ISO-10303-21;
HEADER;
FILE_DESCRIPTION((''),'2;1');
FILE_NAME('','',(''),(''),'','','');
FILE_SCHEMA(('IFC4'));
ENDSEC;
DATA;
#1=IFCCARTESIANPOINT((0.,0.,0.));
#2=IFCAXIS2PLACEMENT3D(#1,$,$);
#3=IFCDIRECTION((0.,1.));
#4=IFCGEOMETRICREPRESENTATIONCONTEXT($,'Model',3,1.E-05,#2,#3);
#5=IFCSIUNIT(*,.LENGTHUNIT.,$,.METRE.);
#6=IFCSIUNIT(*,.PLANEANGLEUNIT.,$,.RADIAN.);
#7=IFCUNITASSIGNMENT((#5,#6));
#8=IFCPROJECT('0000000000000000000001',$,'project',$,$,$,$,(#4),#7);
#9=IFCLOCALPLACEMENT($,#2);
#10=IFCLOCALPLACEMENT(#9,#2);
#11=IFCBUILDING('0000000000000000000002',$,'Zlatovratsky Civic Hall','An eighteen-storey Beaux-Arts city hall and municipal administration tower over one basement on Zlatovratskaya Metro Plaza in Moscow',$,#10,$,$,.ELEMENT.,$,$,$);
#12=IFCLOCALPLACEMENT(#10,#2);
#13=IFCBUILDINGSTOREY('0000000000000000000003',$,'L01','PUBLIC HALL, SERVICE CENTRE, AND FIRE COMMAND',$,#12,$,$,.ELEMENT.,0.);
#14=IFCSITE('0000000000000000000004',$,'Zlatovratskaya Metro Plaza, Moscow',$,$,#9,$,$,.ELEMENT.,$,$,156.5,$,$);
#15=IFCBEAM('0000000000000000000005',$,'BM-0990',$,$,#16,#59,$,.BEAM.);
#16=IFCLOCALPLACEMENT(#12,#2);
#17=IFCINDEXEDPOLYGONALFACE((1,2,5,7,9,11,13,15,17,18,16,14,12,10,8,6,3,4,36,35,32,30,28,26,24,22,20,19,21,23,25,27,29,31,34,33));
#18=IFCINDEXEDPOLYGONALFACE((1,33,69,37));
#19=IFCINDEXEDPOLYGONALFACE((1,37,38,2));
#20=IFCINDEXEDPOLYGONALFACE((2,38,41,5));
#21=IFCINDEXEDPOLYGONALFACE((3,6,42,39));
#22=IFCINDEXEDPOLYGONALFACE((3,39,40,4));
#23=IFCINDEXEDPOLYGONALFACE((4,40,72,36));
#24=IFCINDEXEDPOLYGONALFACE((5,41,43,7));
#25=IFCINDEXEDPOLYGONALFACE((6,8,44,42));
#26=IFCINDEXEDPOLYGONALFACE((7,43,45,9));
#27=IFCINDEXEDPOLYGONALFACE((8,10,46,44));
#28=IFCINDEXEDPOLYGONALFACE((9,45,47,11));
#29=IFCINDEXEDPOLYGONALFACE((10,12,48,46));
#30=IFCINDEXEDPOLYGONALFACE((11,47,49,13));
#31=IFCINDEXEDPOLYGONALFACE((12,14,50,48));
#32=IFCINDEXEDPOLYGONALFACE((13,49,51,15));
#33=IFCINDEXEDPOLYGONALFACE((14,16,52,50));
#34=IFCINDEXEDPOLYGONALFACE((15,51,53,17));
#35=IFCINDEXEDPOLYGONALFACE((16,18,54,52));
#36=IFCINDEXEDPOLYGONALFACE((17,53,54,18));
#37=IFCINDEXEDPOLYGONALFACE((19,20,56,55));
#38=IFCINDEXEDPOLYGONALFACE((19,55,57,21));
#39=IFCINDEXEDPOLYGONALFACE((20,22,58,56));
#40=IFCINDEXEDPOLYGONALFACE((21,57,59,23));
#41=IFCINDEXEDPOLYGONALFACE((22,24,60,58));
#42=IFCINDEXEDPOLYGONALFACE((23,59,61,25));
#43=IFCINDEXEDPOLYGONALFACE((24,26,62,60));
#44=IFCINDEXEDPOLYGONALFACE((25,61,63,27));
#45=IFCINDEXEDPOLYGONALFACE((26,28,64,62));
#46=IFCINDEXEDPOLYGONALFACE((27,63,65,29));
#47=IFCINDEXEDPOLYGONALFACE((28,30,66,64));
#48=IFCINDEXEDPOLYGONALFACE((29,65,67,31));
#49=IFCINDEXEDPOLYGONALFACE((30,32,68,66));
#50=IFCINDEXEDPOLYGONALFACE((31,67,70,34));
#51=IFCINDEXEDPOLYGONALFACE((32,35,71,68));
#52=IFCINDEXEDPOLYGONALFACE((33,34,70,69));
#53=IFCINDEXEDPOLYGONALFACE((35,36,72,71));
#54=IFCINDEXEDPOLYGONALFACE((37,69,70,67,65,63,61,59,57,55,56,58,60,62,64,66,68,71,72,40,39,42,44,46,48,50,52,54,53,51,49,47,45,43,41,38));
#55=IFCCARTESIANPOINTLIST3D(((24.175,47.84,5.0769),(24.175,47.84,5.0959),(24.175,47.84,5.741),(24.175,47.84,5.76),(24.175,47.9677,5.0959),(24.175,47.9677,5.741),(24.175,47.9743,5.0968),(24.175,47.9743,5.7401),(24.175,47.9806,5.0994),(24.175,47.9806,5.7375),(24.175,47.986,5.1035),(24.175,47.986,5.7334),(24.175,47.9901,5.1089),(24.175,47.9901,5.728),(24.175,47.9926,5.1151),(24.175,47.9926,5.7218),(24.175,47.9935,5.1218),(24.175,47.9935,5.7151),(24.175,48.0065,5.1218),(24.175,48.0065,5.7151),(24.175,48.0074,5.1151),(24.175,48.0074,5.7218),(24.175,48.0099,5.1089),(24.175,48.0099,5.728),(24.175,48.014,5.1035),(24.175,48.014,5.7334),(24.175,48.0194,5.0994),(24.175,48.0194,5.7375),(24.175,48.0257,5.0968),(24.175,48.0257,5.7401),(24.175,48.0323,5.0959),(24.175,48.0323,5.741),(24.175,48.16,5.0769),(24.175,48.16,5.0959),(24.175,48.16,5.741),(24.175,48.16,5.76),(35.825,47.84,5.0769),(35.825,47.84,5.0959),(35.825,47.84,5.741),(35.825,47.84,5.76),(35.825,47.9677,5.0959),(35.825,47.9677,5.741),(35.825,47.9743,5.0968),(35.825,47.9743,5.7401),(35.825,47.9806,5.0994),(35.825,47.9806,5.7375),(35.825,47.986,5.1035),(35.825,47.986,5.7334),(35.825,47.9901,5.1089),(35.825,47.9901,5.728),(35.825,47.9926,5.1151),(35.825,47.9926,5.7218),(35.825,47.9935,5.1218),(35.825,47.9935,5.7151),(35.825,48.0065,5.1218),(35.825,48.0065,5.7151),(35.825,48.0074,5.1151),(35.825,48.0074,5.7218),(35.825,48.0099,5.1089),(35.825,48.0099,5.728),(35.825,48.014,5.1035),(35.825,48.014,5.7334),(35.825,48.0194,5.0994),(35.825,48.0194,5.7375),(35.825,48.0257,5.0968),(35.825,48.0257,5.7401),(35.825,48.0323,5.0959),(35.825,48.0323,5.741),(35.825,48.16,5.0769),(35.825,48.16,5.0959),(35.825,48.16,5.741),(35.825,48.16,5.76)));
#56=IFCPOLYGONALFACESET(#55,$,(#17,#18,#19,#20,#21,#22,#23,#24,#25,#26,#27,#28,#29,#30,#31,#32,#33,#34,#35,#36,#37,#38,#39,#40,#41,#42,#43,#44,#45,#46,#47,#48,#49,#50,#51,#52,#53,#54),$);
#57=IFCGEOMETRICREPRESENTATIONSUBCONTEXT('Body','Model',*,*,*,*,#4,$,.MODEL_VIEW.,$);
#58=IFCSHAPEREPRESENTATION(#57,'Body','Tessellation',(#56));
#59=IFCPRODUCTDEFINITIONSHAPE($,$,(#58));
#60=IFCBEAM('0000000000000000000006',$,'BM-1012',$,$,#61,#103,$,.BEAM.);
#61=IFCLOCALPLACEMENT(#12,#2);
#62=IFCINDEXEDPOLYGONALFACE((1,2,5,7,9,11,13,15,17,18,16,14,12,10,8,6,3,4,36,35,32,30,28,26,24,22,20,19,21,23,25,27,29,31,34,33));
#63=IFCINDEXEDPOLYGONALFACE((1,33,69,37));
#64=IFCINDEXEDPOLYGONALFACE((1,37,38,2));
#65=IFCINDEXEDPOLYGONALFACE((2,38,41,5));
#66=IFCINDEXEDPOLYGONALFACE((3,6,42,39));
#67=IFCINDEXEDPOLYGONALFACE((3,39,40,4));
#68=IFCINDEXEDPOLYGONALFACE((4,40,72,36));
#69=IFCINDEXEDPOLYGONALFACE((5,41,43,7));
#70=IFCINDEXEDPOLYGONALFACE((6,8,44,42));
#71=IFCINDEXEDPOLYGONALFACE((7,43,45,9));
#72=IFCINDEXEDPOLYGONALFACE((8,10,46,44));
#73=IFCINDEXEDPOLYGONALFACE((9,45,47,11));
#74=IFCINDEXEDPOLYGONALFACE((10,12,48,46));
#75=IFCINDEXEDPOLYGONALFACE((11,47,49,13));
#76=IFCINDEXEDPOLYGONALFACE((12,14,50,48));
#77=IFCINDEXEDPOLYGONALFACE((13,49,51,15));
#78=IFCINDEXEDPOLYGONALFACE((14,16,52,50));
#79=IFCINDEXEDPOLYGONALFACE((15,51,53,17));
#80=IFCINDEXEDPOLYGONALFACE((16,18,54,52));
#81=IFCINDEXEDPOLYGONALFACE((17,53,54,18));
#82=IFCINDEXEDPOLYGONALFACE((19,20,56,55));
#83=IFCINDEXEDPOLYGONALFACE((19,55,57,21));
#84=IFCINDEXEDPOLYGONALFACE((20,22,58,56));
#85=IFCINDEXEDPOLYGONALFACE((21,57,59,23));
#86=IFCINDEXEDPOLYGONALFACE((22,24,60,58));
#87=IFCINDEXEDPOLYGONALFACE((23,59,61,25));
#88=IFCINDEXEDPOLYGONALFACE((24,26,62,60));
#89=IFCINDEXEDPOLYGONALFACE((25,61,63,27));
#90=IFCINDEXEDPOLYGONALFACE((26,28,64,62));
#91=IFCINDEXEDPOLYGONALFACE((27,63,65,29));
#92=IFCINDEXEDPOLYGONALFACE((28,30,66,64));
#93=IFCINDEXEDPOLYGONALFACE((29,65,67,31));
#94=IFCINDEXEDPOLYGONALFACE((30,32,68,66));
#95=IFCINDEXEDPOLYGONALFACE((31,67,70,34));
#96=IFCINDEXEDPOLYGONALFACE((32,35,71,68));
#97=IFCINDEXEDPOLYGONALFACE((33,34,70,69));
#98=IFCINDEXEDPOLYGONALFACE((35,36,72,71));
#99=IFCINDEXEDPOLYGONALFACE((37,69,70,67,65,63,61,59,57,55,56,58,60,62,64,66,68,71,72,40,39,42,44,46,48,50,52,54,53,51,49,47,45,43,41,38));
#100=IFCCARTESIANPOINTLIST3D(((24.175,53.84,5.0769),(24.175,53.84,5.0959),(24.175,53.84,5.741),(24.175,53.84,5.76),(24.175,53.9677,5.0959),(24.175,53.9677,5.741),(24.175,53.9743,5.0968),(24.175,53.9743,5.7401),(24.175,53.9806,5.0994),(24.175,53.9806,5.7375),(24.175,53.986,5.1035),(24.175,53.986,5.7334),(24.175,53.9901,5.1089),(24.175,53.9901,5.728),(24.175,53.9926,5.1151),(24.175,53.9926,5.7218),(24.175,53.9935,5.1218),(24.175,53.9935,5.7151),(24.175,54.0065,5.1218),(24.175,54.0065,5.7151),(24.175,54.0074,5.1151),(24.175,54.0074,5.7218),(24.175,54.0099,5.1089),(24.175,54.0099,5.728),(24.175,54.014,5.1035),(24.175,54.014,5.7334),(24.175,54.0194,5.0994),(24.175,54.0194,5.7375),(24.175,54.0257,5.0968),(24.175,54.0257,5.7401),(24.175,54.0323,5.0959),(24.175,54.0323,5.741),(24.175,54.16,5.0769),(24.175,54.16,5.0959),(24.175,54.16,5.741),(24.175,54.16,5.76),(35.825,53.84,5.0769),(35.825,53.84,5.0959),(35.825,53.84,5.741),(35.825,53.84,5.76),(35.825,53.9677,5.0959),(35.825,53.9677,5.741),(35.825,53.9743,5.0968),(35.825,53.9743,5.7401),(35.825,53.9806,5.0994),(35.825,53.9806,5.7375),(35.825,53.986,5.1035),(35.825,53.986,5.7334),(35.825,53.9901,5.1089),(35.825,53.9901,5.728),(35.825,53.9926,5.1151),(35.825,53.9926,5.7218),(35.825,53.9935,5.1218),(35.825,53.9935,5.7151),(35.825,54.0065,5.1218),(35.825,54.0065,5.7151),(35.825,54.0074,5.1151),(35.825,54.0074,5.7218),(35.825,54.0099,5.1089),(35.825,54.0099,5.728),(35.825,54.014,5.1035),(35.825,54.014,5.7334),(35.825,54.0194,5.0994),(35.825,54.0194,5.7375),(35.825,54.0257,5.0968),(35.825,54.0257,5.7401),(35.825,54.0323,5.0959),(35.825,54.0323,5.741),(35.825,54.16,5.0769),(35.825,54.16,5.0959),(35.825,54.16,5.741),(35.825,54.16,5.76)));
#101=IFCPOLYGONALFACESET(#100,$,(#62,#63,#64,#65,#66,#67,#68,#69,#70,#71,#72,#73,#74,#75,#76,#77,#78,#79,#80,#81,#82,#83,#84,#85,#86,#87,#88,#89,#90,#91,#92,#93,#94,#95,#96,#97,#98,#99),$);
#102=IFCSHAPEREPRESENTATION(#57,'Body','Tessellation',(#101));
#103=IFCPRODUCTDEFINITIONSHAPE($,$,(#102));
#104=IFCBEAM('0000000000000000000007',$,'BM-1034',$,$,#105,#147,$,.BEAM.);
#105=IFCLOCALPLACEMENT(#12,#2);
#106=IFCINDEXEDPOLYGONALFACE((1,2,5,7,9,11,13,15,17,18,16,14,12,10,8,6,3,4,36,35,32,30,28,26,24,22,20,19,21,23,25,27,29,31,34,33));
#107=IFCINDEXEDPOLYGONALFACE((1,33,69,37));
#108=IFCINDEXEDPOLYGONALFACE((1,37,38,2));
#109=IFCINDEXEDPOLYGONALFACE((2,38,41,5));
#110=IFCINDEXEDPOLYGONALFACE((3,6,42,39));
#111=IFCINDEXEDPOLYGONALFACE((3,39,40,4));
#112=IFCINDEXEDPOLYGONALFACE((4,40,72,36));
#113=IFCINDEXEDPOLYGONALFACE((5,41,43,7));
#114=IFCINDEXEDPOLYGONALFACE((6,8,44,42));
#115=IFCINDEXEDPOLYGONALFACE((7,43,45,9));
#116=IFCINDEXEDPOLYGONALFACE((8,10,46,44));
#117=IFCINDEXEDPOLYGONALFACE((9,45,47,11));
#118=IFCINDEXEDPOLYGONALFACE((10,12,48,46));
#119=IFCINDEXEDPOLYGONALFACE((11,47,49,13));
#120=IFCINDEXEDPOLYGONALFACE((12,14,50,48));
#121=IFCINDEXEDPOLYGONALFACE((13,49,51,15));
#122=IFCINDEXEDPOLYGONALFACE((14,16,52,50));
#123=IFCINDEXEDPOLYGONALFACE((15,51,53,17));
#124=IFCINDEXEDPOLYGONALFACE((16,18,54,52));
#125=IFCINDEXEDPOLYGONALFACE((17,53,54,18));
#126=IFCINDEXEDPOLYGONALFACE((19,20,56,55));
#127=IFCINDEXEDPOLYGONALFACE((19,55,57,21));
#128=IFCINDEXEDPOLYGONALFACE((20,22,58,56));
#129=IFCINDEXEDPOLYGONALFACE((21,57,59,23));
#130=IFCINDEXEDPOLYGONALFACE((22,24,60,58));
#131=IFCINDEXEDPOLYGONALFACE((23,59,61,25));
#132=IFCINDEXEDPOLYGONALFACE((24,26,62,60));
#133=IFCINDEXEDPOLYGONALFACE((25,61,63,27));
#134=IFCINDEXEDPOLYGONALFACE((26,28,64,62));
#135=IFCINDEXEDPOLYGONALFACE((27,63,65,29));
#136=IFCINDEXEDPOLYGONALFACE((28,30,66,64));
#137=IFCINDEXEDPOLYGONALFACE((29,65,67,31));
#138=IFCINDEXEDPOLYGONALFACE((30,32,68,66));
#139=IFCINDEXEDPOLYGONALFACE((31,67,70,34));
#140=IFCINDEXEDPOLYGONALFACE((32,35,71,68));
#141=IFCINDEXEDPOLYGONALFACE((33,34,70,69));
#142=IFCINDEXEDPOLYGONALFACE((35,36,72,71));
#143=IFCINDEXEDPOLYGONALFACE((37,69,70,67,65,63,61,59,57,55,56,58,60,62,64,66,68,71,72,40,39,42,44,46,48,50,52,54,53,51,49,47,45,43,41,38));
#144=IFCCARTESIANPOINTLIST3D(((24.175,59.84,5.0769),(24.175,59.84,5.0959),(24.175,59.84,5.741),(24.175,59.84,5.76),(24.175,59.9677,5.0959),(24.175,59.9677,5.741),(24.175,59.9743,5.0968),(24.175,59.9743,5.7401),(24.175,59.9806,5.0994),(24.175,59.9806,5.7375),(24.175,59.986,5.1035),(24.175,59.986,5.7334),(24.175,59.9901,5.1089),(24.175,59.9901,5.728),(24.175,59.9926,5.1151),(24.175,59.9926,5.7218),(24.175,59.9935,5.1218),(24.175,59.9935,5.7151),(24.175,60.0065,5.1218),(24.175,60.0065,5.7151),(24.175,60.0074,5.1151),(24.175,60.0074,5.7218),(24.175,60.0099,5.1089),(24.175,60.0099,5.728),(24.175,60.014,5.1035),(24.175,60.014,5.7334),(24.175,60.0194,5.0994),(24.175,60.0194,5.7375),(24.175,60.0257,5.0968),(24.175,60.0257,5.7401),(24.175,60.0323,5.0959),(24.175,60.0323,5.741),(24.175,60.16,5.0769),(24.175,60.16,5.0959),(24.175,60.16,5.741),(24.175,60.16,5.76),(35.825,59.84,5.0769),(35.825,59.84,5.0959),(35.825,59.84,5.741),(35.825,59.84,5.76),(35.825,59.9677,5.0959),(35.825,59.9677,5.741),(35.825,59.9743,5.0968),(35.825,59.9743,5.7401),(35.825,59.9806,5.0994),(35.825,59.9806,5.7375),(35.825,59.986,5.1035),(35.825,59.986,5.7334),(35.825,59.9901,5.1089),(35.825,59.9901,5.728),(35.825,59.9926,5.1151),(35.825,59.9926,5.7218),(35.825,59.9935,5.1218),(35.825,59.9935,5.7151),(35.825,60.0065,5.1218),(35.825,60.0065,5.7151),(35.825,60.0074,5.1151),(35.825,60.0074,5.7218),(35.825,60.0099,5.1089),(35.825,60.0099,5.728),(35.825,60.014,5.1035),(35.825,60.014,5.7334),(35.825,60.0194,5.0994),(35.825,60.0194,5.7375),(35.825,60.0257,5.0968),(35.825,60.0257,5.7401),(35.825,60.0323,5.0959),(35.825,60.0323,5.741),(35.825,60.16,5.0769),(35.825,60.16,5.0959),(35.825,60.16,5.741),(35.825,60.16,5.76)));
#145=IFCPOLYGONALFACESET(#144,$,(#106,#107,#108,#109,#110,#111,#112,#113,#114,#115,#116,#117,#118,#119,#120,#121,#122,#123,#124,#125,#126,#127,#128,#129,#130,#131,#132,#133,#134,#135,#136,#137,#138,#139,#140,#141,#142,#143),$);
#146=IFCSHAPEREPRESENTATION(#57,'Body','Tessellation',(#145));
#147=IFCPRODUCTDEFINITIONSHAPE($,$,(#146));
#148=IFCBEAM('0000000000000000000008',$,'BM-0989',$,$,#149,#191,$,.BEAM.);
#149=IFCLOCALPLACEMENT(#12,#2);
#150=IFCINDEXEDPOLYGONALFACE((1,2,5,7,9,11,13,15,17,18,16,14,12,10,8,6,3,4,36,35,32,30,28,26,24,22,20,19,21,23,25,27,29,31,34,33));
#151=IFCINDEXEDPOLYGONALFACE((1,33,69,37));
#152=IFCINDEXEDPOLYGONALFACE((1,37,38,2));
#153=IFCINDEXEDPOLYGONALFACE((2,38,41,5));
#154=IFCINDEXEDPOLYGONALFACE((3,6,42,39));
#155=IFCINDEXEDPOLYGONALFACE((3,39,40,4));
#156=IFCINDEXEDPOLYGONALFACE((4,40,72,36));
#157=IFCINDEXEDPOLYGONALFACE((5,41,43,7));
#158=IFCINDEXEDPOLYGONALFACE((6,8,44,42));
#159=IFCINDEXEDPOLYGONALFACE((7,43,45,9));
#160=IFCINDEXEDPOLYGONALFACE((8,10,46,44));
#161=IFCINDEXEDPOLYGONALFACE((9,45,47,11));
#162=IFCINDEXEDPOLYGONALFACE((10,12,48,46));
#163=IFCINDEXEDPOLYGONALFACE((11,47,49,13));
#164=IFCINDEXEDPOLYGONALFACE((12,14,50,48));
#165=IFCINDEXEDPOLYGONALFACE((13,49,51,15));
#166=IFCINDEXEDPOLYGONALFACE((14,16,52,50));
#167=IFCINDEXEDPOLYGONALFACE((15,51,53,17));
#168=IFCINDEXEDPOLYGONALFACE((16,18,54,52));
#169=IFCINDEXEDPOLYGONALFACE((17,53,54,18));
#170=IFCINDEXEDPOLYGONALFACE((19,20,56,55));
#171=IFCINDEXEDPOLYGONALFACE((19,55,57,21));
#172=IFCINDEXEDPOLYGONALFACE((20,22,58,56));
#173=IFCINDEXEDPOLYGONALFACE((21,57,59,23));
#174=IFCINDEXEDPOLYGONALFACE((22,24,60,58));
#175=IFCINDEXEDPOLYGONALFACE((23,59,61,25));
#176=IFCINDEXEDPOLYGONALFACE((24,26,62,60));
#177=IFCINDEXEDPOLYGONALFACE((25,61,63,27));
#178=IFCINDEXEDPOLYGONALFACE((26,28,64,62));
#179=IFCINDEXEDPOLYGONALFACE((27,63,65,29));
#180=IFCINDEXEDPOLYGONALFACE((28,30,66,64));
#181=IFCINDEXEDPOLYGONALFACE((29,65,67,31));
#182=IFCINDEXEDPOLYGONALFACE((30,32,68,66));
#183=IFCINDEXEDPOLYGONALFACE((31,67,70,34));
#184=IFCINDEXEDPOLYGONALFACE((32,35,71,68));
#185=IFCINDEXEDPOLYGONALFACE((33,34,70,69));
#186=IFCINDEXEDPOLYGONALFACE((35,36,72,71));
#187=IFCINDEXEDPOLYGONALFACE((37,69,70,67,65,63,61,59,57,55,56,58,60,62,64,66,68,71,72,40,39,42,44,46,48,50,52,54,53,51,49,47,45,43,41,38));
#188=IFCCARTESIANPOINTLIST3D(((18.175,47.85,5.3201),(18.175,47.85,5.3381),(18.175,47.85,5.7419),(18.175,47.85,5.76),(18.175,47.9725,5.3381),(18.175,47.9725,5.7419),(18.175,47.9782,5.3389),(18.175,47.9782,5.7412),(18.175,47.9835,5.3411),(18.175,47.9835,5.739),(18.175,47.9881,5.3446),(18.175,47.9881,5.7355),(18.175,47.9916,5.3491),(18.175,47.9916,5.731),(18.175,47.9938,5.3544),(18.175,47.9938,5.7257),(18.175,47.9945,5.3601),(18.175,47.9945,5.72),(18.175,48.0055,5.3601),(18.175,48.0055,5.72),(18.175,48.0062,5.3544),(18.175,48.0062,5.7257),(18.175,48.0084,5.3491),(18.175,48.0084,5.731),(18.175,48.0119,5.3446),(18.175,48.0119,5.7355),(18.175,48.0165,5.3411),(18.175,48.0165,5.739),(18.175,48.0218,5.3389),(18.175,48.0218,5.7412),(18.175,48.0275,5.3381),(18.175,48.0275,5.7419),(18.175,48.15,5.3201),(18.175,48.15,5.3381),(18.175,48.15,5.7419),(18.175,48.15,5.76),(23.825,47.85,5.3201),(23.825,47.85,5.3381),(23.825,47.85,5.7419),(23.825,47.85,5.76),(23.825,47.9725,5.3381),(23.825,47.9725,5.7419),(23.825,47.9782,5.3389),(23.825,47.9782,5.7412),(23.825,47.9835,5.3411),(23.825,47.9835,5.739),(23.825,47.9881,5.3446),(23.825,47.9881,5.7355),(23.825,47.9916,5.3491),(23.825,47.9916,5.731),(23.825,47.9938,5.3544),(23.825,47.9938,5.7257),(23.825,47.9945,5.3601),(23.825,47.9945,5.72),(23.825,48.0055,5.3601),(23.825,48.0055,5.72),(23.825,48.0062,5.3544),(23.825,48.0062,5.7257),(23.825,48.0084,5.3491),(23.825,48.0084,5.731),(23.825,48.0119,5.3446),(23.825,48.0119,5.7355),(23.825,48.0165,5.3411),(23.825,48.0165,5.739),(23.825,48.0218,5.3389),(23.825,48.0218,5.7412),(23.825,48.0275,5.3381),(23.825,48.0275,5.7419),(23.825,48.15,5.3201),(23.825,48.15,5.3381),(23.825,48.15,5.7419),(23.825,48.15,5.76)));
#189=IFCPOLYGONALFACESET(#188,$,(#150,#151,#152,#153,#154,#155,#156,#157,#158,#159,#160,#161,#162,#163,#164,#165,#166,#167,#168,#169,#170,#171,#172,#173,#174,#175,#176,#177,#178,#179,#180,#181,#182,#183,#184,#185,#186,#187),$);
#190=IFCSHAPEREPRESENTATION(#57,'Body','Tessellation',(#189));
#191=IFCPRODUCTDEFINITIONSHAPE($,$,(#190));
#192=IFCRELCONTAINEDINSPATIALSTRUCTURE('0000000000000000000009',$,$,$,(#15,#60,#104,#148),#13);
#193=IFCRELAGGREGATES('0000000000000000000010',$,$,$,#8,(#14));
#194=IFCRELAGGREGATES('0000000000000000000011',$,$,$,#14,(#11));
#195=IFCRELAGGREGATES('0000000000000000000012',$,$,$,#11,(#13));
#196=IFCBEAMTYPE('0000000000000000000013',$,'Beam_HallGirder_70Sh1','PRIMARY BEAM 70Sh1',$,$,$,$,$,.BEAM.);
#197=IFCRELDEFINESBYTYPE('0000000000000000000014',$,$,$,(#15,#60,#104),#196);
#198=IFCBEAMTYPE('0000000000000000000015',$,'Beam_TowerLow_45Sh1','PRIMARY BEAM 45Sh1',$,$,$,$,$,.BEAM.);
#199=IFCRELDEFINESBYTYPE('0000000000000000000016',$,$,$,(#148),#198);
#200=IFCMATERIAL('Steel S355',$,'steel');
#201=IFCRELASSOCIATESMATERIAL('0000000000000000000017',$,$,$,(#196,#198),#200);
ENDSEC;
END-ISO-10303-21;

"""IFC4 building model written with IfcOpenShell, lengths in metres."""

from ifc_helpers import new_model, si_unit, direction, frame, origin, origin_2d, place, context, subcontext, project, spatial, i_section, extrude, material, material_profile, profile_set, type_object, element, save


model = new_model("IFC4")

# Units and contexts
model_context = context("Model", 3, precision=1e-05, world=origin(), true_north=direction((0.0, 1.0)))
body_context = subcontext(model_context, "Body", "Model", "MODEL_VIEW")
ifc_project = project(units=[si_unit("LENGTHUNIT", "METRE"), si_unit("PLANEANGLEUNIT", "RADIAN")], contexts=[model_context])

# Site, building, storey
site_placement = place(None, origin())
site = spatial("IfcSite", under=ifc_project, at=site_placement, Name="Zlatovratskaya Metro Plaza, Moscow", CompositionType="ELEMENT", RefElevation=156.5)
building_placement = place(site_placement, origin())
building = spatial("IfcBuilding", under=site, at=building_placement, Name="Zlatovratsky Civic Hall", Description="An eighteen-storey Beaux-Arts city hall and municipal administration tower over one basement on Zlatovratskaya Metro Plaza in Moscow", CompositionType="ELEMENT")
storey_placement = place(building_placement, origin())
storey = spatial("IfcBuildingStorey", under=building, at=storey_placement, Name="L01", Description="PUBLIC HALL, SERVICE CENTRE, AND FIRE COMMAND", CompositionType="ELEMENT", Elevation=0.0)

# Shared definitions
ifc_material = material(Name="Steel S355", Category="steel")

# Beams
ifc_material_profile_1 = material_profile(ifc_material, i_section(OverallWidth=0.3201, OverallDepth=0.6831, WebThickness=0.0129, FlangeThickness=0.019, FilletRadius=0.0259, at=origin_2d()), Name="70Sh1")
ifc_profile_set_1 = profile_set([ifc_material_profile_1], Name="Steel S355")
beam_type_1 = type_object("IfcBeamType", Name="Beam_HallGirder_70Sh1", Description="PRIMARY BEAM 70Sh1", PredefinedType="BEAM", material=ifc_profile_set_1)
for number, where, z_axis, x_axis, name in (
    (1, (24.175, 48.0, 5.4185), (1.0, 0.0, 0.0), (0.0, 1.0, 0.0), "BM-0990"),
    (2, (24.175, 54.0, 5.4185), (1.0, 0.0, 0.0), (0.0, 1.0, 0.0), "BM-1012"),
    (3, (24.175, 60.0, 5.4185), (1.0, 0.0, 0.0), (0.0, 1.0, 0.0), "BM-1034"),
):
    element("IfcBeam", number, at=place(storey_placement, frame(where, z_axis=z_axis, x_axis=x_axis)), inside=storey, type_object=beam_type_1, Name=name, PredefinedType="BEAM", context=body_context, shape_type="SweptSolid", body=[
        extrude(i_section(OverallWidth=0.3201, OverallDepth=0.6831, WebThickness=0.0129, FlangeThickness=0.019, FilletRadius=0.0259, at=origin_2d()), origin(), (0.0, 0.0, 1.0), 11.6499),
    ])
ifc_material_profile_2 = material_profile(ifc_material, i_section(OverallWidth=0.3, OverallDepth=0.4399, WebThickness=0.011, FlangeThickness=0.0181, FilletRadius=0.022, at=origin_2d()), Name="45Sh1")
ifc_profile_set_2 = profile_set([ifc_material_profile_2], Name="Steel S355")
beam_type_2 = type_object("IfcBeamType", Name="Beam_TowerLow_45Sh1", Description="PRIMARY BEAM 45Sh1", PredefinedType="BEAM", material=ifc_profile_set_2)
for number, where, z_axis, x_axis, name in (
    (4, (18.175, 48.0, 5.54), (1.0, 0.0, 0.0), (0.0, 1.0, 0.0), "BM-0989"),
):
    element("IfcBeam", number, at=place(storey_placement, frame(where, z_axis=z_axis, x_axis=x_axis)), inside=storey, type_object=beam_type_2, Name=name, PredefinedType="BEAM", context=body_context, shape_type="SweptSolid", body=[
        extrude(i_section(OverallWidth=0.3, OverallDepth=0.4399, WebThickness=0.011, FlangeThickness=0.0181, FilletRadius=0.022, at=origin_2d()), origin(), (0.0, 0.0, 1.0), 5.6499),
    ])

save(model, "model.ifc")
